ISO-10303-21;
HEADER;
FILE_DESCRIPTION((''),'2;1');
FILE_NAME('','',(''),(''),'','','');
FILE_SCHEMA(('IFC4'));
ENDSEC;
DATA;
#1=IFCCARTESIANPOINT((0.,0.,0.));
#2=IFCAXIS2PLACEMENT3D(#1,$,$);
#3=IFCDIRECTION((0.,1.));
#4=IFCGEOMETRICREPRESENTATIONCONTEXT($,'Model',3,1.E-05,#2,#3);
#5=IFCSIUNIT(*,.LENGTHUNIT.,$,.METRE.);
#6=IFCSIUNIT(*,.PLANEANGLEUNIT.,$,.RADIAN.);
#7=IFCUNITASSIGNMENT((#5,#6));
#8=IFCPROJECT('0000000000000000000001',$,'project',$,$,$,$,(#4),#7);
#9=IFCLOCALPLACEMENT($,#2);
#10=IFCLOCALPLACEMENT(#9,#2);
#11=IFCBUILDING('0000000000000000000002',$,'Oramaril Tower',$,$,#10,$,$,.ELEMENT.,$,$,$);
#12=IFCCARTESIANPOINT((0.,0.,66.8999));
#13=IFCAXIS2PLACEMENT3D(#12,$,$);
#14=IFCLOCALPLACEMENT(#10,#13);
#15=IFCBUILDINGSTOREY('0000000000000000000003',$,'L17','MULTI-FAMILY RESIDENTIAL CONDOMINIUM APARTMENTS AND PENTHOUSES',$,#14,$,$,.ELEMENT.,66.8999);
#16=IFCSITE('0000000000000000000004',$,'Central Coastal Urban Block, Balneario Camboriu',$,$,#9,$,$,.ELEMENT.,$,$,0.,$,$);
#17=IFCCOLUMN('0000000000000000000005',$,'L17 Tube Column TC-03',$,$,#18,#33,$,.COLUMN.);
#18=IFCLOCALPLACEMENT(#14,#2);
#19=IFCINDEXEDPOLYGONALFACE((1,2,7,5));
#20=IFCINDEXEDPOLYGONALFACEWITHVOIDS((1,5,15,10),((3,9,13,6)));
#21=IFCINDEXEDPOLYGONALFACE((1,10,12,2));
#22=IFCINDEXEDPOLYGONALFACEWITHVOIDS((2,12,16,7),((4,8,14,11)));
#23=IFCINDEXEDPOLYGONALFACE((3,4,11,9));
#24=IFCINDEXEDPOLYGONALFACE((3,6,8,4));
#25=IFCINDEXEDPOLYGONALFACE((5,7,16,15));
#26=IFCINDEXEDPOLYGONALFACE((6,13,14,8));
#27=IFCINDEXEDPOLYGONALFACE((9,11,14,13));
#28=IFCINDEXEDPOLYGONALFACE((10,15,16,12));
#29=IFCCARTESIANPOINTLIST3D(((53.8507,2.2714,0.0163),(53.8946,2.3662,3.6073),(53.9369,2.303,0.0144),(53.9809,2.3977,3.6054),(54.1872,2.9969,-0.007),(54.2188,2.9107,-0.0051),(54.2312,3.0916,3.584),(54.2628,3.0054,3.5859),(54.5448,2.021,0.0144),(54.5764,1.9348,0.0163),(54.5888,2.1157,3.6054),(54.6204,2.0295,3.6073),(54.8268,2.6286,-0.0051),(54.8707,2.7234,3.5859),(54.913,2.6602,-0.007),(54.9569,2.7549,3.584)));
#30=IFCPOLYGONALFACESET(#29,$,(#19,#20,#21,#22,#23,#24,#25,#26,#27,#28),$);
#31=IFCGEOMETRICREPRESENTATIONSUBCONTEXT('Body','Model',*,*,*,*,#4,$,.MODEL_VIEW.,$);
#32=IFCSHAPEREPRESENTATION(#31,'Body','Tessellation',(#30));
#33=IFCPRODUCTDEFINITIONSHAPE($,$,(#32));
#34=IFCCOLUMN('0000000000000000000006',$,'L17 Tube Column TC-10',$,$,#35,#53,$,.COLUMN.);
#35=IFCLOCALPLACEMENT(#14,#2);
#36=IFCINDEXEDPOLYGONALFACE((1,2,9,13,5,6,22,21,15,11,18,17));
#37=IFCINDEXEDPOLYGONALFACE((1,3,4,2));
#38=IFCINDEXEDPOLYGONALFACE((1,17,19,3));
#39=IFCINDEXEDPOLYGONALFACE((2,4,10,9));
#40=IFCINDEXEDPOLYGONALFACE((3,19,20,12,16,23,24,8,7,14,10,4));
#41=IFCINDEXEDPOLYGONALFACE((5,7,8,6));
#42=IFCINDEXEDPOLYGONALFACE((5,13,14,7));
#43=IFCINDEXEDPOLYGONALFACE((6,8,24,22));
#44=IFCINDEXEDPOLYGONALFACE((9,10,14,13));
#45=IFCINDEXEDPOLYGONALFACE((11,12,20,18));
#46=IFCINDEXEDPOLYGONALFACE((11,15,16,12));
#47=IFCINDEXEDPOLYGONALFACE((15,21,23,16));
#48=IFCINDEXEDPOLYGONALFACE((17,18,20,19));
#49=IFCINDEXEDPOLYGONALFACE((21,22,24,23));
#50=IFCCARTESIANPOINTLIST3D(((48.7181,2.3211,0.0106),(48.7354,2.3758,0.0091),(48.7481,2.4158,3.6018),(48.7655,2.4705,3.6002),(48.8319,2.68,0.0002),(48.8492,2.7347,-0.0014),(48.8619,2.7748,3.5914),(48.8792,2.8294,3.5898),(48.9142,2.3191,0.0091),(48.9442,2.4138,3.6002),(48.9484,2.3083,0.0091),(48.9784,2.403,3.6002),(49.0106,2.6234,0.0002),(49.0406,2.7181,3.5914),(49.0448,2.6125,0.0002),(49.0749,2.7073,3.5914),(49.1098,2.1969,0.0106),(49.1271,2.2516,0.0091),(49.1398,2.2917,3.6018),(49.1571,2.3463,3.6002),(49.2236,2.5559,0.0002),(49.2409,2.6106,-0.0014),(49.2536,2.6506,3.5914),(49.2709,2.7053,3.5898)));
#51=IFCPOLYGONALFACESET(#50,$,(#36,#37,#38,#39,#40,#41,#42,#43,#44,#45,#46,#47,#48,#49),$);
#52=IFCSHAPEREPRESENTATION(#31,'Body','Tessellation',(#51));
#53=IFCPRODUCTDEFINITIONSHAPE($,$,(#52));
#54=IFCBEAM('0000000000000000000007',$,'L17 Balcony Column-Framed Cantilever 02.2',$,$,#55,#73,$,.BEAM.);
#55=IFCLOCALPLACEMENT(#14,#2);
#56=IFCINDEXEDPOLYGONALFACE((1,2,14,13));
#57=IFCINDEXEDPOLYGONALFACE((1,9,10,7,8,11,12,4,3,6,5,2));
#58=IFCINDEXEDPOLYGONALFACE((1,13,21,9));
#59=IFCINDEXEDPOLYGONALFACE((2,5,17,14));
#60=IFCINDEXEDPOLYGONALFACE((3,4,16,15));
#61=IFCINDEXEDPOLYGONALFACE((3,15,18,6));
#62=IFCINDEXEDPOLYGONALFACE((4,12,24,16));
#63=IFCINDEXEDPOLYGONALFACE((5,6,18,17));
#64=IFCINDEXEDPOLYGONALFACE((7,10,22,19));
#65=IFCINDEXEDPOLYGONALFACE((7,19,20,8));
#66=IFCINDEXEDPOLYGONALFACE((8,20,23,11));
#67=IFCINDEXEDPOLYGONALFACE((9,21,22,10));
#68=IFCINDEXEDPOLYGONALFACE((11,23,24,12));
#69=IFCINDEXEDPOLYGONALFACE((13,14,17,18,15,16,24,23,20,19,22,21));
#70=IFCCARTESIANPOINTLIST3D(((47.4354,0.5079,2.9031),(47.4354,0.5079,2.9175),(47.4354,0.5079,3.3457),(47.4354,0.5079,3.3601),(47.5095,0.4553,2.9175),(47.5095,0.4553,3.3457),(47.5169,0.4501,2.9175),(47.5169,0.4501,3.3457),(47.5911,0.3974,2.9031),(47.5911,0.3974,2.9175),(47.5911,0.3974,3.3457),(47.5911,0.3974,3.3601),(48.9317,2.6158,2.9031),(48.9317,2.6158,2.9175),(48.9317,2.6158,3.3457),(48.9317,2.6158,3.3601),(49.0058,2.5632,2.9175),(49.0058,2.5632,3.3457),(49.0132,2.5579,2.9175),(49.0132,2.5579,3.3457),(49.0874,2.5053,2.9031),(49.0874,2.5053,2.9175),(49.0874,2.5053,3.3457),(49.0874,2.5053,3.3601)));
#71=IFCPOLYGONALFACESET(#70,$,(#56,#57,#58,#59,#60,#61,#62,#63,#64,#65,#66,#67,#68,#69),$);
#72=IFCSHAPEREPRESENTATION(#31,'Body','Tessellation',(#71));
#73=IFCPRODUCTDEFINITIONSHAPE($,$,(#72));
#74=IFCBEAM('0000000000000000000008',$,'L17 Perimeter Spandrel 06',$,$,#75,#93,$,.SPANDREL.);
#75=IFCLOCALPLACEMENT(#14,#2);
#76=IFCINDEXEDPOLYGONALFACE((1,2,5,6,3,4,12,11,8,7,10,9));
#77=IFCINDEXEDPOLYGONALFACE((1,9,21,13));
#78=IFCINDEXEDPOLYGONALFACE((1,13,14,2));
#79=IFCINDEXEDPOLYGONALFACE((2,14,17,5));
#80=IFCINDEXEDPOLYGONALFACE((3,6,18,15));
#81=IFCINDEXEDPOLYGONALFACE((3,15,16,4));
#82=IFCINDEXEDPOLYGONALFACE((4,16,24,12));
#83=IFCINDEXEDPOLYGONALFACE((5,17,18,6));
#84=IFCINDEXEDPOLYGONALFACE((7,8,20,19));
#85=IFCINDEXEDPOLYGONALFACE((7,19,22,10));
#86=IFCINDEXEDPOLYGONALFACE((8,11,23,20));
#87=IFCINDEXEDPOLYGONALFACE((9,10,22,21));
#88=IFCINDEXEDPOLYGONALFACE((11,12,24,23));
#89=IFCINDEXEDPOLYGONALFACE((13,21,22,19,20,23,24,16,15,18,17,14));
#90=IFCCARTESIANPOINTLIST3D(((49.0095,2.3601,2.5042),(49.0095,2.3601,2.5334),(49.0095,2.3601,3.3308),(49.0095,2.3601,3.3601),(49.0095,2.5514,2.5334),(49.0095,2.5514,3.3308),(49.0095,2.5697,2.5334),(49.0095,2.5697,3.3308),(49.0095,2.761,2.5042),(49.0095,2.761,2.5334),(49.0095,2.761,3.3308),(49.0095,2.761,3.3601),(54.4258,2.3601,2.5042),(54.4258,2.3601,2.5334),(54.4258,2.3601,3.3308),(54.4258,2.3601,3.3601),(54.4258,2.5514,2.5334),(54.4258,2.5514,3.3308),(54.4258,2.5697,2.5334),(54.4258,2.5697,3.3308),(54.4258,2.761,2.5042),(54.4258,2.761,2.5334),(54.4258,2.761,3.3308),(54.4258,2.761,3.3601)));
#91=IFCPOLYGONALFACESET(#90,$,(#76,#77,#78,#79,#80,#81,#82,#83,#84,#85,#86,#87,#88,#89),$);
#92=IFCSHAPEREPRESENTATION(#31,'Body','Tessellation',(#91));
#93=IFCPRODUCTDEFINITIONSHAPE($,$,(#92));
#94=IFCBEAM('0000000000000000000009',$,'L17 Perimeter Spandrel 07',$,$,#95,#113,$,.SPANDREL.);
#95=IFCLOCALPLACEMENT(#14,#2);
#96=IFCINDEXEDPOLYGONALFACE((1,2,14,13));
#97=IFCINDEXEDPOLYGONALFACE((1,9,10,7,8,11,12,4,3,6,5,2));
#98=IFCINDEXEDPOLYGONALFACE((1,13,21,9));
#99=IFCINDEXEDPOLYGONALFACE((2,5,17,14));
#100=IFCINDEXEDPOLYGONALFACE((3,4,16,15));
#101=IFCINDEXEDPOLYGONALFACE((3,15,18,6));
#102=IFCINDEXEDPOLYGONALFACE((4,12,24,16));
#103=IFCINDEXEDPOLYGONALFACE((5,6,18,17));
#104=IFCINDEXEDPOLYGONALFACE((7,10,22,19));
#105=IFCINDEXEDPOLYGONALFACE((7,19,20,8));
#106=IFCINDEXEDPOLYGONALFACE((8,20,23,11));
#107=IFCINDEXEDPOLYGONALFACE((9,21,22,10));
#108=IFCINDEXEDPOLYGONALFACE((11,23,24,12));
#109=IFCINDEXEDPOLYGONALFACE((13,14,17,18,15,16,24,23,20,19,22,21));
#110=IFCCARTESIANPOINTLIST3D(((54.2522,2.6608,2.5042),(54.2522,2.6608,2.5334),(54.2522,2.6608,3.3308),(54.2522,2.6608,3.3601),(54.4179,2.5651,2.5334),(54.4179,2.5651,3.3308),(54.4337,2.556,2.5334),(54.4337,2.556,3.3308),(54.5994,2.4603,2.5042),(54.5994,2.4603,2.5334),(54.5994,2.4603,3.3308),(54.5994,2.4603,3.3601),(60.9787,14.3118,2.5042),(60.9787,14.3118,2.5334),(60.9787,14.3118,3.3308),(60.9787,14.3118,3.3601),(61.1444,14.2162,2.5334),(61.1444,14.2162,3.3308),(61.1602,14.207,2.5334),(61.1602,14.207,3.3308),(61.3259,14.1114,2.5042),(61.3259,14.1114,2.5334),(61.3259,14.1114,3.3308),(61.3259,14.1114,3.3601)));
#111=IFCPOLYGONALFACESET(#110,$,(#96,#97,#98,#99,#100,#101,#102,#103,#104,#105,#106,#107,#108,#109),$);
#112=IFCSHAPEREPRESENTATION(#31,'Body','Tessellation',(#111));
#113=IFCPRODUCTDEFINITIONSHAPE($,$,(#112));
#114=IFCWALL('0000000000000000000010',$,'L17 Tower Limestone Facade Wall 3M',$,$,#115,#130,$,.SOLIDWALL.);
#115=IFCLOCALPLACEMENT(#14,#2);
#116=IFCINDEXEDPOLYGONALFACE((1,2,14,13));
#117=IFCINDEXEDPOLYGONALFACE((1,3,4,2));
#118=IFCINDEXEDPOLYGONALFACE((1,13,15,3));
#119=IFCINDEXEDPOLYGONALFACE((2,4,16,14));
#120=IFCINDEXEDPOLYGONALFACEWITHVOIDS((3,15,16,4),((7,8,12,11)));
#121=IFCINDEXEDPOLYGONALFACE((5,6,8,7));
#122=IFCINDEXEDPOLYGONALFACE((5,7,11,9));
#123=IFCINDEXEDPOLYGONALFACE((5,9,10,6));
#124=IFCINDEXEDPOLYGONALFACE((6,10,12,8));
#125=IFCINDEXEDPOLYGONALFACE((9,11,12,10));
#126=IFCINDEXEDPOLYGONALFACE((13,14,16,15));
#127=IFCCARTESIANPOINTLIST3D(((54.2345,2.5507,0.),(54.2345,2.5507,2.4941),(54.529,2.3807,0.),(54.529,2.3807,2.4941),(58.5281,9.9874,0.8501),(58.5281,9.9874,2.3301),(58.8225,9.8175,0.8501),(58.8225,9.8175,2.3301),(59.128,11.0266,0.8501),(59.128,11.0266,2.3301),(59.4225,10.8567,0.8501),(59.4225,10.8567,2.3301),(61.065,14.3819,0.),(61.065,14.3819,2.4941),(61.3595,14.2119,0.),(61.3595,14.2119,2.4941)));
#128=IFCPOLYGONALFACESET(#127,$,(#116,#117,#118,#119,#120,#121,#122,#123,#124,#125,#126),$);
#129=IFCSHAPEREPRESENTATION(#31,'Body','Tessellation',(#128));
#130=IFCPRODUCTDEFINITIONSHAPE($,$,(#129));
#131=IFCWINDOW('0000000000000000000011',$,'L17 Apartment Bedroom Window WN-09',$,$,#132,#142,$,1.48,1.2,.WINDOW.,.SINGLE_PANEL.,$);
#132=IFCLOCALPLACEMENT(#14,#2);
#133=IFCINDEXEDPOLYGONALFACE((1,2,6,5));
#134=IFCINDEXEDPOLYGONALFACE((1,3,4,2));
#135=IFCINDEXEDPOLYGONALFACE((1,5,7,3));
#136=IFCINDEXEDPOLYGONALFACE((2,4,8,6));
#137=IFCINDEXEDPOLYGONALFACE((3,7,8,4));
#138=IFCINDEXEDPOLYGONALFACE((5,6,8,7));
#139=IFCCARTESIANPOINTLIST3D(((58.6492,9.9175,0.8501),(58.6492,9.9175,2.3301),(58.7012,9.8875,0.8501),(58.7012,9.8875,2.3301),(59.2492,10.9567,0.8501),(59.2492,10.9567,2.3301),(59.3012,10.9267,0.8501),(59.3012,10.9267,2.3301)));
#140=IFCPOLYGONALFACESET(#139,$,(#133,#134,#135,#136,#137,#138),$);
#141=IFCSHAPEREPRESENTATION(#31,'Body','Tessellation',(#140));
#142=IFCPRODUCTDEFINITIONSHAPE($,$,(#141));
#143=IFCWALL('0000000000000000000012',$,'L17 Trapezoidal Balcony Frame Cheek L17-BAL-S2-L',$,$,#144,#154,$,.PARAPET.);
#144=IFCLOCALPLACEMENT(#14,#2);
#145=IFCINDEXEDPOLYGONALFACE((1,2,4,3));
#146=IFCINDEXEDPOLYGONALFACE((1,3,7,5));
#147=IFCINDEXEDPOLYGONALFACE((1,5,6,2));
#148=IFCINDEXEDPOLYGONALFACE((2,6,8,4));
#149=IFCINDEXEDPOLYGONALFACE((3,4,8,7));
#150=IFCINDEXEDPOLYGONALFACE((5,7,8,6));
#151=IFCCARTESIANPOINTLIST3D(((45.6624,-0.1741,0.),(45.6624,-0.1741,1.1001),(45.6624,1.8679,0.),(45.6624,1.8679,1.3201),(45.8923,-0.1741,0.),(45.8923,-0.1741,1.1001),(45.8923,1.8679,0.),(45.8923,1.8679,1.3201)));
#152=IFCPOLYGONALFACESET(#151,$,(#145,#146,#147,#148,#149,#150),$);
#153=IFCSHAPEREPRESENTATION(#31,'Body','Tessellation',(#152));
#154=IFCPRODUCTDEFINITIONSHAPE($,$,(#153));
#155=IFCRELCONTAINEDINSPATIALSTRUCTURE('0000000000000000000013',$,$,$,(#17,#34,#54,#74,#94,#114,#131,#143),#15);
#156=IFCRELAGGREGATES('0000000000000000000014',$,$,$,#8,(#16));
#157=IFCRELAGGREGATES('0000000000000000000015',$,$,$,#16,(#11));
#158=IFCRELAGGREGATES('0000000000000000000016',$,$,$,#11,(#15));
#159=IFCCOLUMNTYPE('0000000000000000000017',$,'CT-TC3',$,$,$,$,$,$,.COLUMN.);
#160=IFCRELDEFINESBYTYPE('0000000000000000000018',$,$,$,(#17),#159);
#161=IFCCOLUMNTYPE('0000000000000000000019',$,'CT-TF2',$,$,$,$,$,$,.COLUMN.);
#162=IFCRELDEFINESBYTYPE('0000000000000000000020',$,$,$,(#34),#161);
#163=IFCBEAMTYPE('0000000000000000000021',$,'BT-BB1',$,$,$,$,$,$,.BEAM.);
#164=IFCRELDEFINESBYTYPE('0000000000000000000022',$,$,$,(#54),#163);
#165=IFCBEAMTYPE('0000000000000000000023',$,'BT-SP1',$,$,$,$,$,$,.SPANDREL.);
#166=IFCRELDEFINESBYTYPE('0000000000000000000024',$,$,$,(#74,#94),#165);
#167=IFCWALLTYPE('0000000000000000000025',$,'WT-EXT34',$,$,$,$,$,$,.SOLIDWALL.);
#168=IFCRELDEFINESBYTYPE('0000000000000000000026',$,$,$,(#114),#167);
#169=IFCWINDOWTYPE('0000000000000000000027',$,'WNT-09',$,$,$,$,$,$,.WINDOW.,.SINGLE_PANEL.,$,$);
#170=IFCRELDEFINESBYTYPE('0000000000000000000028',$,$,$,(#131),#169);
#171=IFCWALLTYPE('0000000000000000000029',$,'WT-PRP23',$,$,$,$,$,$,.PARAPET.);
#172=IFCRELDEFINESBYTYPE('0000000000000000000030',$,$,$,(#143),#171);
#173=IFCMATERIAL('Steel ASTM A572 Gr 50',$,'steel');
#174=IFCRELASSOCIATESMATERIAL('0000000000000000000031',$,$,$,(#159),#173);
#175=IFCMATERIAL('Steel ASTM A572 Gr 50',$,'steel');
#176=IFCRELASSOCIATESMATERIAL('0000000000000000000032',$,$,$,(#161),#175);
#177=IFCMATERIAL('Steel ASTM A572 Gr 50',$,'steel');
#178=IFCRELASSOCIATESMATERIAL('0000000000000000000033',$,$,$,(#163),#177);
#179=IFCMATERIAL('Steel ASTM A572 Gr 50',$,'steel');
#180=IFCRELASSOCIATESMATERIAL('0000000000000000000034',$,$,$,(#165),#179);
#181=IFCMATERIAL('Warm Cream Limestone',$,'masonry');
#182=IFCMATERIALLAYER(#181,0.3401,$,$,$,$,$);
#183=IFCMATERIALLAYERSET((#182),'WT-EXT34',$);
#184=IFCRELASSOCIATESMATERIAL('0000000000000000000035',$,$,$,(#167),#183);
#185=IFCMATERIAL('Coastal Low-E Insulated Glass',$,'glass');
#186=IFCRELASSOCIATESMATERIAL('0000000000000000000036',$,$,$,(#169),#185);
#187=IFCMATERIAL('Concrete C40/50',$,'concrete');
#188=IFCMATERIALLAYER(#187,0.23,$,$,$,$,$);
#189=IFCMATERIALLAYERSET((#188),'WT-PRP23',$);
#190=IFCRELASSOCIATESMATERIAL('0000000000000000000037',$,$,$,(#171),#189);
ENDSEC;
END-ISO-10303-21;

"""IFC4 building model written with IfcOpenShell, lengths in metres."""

from ifc_helpers import new_model, si_unit, direction, frame, frame_2d, origin, origin_2d, place, context, subcontext, project, spatial, polyline, rectangle, hollow_rectangle, i_section, outline, extrude, material, layer, layer_set, material_profile, profile_set, type_object, element, fill, save


model = new_model("IFC4")

# Units and contexts
model_context = context("Model", 3, precision=1e-05, world=origin(), true_north=direction((0.0, 1.0)))
body_context = subcontext(model_context, "Body", "Model", "MODEL_VIEW")
ifc_project = project(units=[si_unit("LENGTHUNIT", "METRE"), si_unit("PLANEANGLEUNIT", "RADIAN")], contexts=[model_context])

# Site, building, storey
site_placement = place(None, origin())
site = spatial("IfcSite", under=ifc_project, at=site_placement, Name="Central Coastal Urban Block, Balneario Camboriu", CompositionType="ELEMENT", RefElevation=0.0)
building_placement = place(site_placement, origin())
building = spatial("IfcBuilding", under=site, at=building_placement, Name="Oramaril Tower", CompositionType="ELEMENT")
storey_placement = place(building_placement, frame((0.0, 0.0, 66.8999)))
storey = spatial("IfcBuildingStorey", under=building, at=storey_placement, Name="L17", Description="MULTI-FAMILY RESIDENTIAL CONDOMINIUM APARTMENTS AND PENTHOUSES", CompositionType="ELEMENT", Elevation=66.8999)

# Columns
ifc_material_1 = material(Name="Steel ASTM A572 Gr 50", Category="steel")
ifc_material_profile_1 = material_profile(ifc_material_1, hollow_rectangle(XDim=0.8, YDim=0.8, WallThickness=0.0649, at=origin_2d()), Name="BOX800X800X65")
ifc_profile_set_1 = profile_set([ifc_material_profile_1], Name="Steel ASTM A572 Gr 50")
column_type_1 = type_object("IfcColumnType", Name="CT-TC3", PredefinedType="COLUMN", material=ifc_profile_set_1)
column_1_placement = place(storey_placement, frame((54.3818, 2.4658, 0.0046), z_axis=(0.012232, 0.026367, 0.999577), x_axis=(-0.907136, 0.420837, 0.0)))
element("IfcColumn", 1, at=column_1_placement, inside=storey, type_object=column_type_1, Name="L17 Tube Column TC-03", PredefinedType="COLUMN", context=body_context, shape_type="SweptSolid", body=[
    extrude(hollow_rectangle(XDim=0.8, YDim=0.8, WallThickness=0.0649, at=origin_2d()), origin(), (0.0, 0.0, 1.0), 3.5925),
])
ifc_material_2 = material(Name="Steel ASTM A572 Gr 50", Category="steel")
ifc_material_profile_2 = material_profile(ifc_material_2, i_section(OverallWidth=0.4109, OverallDepth=0.4341, WebThickness=0.0359, FlangeThickness=0.0574, at=origin_2d()), Name="W14X311")
ifc_profile_set_2 = profile_set([ifc_material_profile_2], Name="Steel ASTM A572 Gr 50")
column_type_2 = type_object("IfcColumnType", Name="CT-TF2", PredefinedType="COLUMN", material=ifc_profile_set_2)
column_2_placement = place(storey_placement, frame((48.9795, 2.4658, 0.0046), z_axis=(0.008359, 0.026368, 0.999617), x_axis=(-0.953248, 0.302189, 0.0)))
element("IfcColumn", 2, at=column_2_placement, inside=storey, type_object=column_type_2, Name="L17 Tube Column TC-10", PredefinedType="COLUMN", context=body_context, shape_type="SweptSolid", body=[
    extrude(i_section(OverallWidth=0.4109, OverallDepth=0.4341, WebThickness=0.0359, FlangeThickness=0.0574, at=origin_2d()), origin(), (0.0, 0.0, 1.0), 3.5925),
])

# Beams
ifc_material_3 = material(Name="Steel ASTM A572 Gr 50", Category="steel")
ifc_material_profile_3 = material_profile(ifc_material_3, i_section(OverallWidth=0.1909, OverallDepth=0.457, WebThickness=0.009, FlangeThickness=0.0144, at=origin_2d()), Name="W18X50")
ifc_profile_set_3 = profile_set([ifc_material_profile_3], Name="Steel ASTM A572 Gr 50")
beam_type_1 = type_object("IfcBeamType", Name="BT-BB1", PredefinedType="BEAM", material=ifc_profile_set_3)
beam_1_placement = place(storey_placement, frame((49.0095, 2.5605, 3.1316), z_axis=(-0.57885, -0.815434, 0.0), x_axis=(0.815434, -0.57885, 0.0)))
element("IfcBeam", 3, at=beam_1_placement, inside=storey, type_object=beam_type_1, Name="L17 Balcony Column-Framed Cantilever 02.2", PredefinedType="BEAM", context=body_context, shape_type="SweptSolid", body=[
    extrude(i_section(OverallWidth=0.1909, OverallDepth=0.457, WebThickness=0.009, FlangeThickness=0.0144, at=origin_2d()), origin(), (0.0, 0.0, 1.0), 2.585),
])
ifc_material_4 = material(Name="Steel ASTM A572 Gr 50", Category="steel")
ifc_material_profile_4 = material_profile(ifc_material_4, i_section(OverallWidth=0.4009, OverallDepth=0.856, WebThickness=0.0183, FlangeThickness=0.0293, at=origin_2d()), Name="W33X201")
ifc_profile_set_4 = profile_set([ifc_material_profile_4], Name="Steel ASTM A572 Gr 50")
beam_type_2 = type_object("IfcBeamType", Name="BT-SP1", PredefinedType="SPANDREL", material=ifc_profile_set_4)
beam_2_placement = place(storey_placement, frame((49.0095, 2.5605, 2.9321), z_axis=(1.0, 0.0, 0.0), x_axis=(0.0, 1.0, 0.0)))
element("IfcBeam", 4, at=beam_2_placement, inside=storey, type_object=beam_type_2, Name="L17 Perimeter Spandrel 06", PredefinedType="SPANDREL", context=body_context, shape_type="SweptSolid", body=[
    extrude(i_section(OverallWidth=0.4009, OverallDepth=0.856, WebThickness=0.0183, FlangeThickness=0.0293, at=origin_2d()), origin(), (0.0, 0.0, 1.0), 5.4163),
])
beam_3_placement = place(storey_placement, frame((54.4258, 2.5605, 2.9321), z_axis=(0.499988, 0.866032, 0.0), x_axis=(-0.866032, 0.499988, 0.0)))
element("IfcBeam", 5, at=beam_3_placement, inside=storey, type_object=beam_type_2, Name="L17 Perimeter Spandrel 07", PredefinedType="SPANDREL", context=body_context, shape_type="SweptSolid", body=[
    extrude(i_section(OverallWidth=0.4009, OverallDepth=0.856, WebThickness=0.0183, FlangeThickness=0.0293, at=origin_2d()), origin(), (0.0, 0.0, 1.0), 13.4534),
])

# Wall, opening, window
ifc_material_5 = material(Name="Warm Cream Limestone", Category="masonry")
ifc_layer_1 = layer(ifc_material_5, 0.3401)
ifc_layer_set_1 = layer_set([ifc_layer_1], Name="WT-EXT34")
wall_type_1 = type_object("IfcWallType", Name="WT-EXT34", PredefinedType="SOLIDWALL", material=ifc_layer_set_1)
wall_1_placement = place(storey_placement, frame((54.3818, 2.4658, 0.0), z_axis=(0.0, 0.0, 1.0), x_axis=(0.499987, 0.866033, 0.0)))
wall_1 = element("IfcWall", 6, at=wall_1_placement, inside=storey, type_object=wall_type_1, Name="L17 Tower Limestone Facade Wall 3M", PredefinedType="SOLIDWALL", context=body_context, shape_type="SweptSolid", body=[
    extrude(rectangle(XDim=13.6614, YDim=0.3401, at=frame_2d((6.8306, 0.0))), origin(), (0.0, 0.0, 1.0), 2.4941),
])
opening_1_placement = place(wall_1_placement, frame((8.5869, 0.0, 0.8501)))
opening_1 = element("IfcOpeningElement", 7, at=opening_1_placement, cuts=wall_1, PredefinedType="OPENING", context=body_context, shape_type="SweptSolid", body=[
    extrude(rectangle(XDim=1.2, YDim=1.48, at=frame_2d((0.6001, 0.74))), frame((0.0, 0.1699, 0.0), z_axis=(0.0, -1.0, 0.0), x_axis=(1.0, 0.0, 0.0)), (0.0, 0.0, 1.0), 0.3401),
])
ifc_material_6 = material(Name="Coastal Low-E Insulated Glass", Category="glass")
window_type = type_object("IfcWindowType", Name="WNT-09", PartitioningType="SINGLE_PANEL", PredefinedType="WINDOW", material=ifc_material_6)
window_placement = place(opening_1_placement, origin())
window = element("IfcWindow", 8, at=window_placement, inside=storey, type_object=window_type, Name="L17 Apartment Bedroom Window WN-09", OverallHeight=1.48, OverallWidth=1.2, PartitioningType="SINGLE_PANEL", PredefinedType="WINDOW", context=body_context, shape_type="SweptSolid", body=[
    extrude(rectangle(XDim=1.2, YDim=1.48, at=frame_2d((0.6001, 0.74))), frame((0.0, 0.03, 0.0), z_axis=(0.0, -1.0, 0.0), x_axis=(1.0, 0.0, 0.0)), (0.0, 0.0, 1.0), 0.0601),
])
fill(opening_1, window)

# Wall
ifc_material_7 = material(Name="Concrete C40/50", Category="concrete")
ifc_layer_2 = layer(ifc_material_7, 0.23)
ifc_layer_set_2 = layer_set([ifc_layer_2], Name="WT-PRP23")
wall_type_2 = type_object("IfcWallType", Name="WT-PRP23", PredefinedType="PARAPET", material=ifc_layer_set_2)
wall_2_placement = place(storey_placement, frame((45.7773, 1.8679, 0.0), z_axis=(0.0, 0.0, 1.0), x_axis=(0.0, -1.0, 0.0)))
element("IfcWall", 9, at=wall_2_placement, inside=storey, type_object=wall_type_2, Name="L17 Trapezoidal Balcony Frame Cheek L17-BAL-S2-L", PredefinedType="PARAPET", context=body_context, shape_type="SweptSolid", body=[
    extrude(outline(polyline([(0.0, 0.0), (2.042, 0.0), (2.042, 1.1001), (0.0, 1.3201), (0.0, 0.0)])), frame((0.0, 0.115, 0.0), z_axis=(0.0, -1.0, 0.0), x_axis=(1.0, 0.0, 0.0)), (0.0, 0.0, 1.0), 0.23),
])

save(model, "model.ifc")
